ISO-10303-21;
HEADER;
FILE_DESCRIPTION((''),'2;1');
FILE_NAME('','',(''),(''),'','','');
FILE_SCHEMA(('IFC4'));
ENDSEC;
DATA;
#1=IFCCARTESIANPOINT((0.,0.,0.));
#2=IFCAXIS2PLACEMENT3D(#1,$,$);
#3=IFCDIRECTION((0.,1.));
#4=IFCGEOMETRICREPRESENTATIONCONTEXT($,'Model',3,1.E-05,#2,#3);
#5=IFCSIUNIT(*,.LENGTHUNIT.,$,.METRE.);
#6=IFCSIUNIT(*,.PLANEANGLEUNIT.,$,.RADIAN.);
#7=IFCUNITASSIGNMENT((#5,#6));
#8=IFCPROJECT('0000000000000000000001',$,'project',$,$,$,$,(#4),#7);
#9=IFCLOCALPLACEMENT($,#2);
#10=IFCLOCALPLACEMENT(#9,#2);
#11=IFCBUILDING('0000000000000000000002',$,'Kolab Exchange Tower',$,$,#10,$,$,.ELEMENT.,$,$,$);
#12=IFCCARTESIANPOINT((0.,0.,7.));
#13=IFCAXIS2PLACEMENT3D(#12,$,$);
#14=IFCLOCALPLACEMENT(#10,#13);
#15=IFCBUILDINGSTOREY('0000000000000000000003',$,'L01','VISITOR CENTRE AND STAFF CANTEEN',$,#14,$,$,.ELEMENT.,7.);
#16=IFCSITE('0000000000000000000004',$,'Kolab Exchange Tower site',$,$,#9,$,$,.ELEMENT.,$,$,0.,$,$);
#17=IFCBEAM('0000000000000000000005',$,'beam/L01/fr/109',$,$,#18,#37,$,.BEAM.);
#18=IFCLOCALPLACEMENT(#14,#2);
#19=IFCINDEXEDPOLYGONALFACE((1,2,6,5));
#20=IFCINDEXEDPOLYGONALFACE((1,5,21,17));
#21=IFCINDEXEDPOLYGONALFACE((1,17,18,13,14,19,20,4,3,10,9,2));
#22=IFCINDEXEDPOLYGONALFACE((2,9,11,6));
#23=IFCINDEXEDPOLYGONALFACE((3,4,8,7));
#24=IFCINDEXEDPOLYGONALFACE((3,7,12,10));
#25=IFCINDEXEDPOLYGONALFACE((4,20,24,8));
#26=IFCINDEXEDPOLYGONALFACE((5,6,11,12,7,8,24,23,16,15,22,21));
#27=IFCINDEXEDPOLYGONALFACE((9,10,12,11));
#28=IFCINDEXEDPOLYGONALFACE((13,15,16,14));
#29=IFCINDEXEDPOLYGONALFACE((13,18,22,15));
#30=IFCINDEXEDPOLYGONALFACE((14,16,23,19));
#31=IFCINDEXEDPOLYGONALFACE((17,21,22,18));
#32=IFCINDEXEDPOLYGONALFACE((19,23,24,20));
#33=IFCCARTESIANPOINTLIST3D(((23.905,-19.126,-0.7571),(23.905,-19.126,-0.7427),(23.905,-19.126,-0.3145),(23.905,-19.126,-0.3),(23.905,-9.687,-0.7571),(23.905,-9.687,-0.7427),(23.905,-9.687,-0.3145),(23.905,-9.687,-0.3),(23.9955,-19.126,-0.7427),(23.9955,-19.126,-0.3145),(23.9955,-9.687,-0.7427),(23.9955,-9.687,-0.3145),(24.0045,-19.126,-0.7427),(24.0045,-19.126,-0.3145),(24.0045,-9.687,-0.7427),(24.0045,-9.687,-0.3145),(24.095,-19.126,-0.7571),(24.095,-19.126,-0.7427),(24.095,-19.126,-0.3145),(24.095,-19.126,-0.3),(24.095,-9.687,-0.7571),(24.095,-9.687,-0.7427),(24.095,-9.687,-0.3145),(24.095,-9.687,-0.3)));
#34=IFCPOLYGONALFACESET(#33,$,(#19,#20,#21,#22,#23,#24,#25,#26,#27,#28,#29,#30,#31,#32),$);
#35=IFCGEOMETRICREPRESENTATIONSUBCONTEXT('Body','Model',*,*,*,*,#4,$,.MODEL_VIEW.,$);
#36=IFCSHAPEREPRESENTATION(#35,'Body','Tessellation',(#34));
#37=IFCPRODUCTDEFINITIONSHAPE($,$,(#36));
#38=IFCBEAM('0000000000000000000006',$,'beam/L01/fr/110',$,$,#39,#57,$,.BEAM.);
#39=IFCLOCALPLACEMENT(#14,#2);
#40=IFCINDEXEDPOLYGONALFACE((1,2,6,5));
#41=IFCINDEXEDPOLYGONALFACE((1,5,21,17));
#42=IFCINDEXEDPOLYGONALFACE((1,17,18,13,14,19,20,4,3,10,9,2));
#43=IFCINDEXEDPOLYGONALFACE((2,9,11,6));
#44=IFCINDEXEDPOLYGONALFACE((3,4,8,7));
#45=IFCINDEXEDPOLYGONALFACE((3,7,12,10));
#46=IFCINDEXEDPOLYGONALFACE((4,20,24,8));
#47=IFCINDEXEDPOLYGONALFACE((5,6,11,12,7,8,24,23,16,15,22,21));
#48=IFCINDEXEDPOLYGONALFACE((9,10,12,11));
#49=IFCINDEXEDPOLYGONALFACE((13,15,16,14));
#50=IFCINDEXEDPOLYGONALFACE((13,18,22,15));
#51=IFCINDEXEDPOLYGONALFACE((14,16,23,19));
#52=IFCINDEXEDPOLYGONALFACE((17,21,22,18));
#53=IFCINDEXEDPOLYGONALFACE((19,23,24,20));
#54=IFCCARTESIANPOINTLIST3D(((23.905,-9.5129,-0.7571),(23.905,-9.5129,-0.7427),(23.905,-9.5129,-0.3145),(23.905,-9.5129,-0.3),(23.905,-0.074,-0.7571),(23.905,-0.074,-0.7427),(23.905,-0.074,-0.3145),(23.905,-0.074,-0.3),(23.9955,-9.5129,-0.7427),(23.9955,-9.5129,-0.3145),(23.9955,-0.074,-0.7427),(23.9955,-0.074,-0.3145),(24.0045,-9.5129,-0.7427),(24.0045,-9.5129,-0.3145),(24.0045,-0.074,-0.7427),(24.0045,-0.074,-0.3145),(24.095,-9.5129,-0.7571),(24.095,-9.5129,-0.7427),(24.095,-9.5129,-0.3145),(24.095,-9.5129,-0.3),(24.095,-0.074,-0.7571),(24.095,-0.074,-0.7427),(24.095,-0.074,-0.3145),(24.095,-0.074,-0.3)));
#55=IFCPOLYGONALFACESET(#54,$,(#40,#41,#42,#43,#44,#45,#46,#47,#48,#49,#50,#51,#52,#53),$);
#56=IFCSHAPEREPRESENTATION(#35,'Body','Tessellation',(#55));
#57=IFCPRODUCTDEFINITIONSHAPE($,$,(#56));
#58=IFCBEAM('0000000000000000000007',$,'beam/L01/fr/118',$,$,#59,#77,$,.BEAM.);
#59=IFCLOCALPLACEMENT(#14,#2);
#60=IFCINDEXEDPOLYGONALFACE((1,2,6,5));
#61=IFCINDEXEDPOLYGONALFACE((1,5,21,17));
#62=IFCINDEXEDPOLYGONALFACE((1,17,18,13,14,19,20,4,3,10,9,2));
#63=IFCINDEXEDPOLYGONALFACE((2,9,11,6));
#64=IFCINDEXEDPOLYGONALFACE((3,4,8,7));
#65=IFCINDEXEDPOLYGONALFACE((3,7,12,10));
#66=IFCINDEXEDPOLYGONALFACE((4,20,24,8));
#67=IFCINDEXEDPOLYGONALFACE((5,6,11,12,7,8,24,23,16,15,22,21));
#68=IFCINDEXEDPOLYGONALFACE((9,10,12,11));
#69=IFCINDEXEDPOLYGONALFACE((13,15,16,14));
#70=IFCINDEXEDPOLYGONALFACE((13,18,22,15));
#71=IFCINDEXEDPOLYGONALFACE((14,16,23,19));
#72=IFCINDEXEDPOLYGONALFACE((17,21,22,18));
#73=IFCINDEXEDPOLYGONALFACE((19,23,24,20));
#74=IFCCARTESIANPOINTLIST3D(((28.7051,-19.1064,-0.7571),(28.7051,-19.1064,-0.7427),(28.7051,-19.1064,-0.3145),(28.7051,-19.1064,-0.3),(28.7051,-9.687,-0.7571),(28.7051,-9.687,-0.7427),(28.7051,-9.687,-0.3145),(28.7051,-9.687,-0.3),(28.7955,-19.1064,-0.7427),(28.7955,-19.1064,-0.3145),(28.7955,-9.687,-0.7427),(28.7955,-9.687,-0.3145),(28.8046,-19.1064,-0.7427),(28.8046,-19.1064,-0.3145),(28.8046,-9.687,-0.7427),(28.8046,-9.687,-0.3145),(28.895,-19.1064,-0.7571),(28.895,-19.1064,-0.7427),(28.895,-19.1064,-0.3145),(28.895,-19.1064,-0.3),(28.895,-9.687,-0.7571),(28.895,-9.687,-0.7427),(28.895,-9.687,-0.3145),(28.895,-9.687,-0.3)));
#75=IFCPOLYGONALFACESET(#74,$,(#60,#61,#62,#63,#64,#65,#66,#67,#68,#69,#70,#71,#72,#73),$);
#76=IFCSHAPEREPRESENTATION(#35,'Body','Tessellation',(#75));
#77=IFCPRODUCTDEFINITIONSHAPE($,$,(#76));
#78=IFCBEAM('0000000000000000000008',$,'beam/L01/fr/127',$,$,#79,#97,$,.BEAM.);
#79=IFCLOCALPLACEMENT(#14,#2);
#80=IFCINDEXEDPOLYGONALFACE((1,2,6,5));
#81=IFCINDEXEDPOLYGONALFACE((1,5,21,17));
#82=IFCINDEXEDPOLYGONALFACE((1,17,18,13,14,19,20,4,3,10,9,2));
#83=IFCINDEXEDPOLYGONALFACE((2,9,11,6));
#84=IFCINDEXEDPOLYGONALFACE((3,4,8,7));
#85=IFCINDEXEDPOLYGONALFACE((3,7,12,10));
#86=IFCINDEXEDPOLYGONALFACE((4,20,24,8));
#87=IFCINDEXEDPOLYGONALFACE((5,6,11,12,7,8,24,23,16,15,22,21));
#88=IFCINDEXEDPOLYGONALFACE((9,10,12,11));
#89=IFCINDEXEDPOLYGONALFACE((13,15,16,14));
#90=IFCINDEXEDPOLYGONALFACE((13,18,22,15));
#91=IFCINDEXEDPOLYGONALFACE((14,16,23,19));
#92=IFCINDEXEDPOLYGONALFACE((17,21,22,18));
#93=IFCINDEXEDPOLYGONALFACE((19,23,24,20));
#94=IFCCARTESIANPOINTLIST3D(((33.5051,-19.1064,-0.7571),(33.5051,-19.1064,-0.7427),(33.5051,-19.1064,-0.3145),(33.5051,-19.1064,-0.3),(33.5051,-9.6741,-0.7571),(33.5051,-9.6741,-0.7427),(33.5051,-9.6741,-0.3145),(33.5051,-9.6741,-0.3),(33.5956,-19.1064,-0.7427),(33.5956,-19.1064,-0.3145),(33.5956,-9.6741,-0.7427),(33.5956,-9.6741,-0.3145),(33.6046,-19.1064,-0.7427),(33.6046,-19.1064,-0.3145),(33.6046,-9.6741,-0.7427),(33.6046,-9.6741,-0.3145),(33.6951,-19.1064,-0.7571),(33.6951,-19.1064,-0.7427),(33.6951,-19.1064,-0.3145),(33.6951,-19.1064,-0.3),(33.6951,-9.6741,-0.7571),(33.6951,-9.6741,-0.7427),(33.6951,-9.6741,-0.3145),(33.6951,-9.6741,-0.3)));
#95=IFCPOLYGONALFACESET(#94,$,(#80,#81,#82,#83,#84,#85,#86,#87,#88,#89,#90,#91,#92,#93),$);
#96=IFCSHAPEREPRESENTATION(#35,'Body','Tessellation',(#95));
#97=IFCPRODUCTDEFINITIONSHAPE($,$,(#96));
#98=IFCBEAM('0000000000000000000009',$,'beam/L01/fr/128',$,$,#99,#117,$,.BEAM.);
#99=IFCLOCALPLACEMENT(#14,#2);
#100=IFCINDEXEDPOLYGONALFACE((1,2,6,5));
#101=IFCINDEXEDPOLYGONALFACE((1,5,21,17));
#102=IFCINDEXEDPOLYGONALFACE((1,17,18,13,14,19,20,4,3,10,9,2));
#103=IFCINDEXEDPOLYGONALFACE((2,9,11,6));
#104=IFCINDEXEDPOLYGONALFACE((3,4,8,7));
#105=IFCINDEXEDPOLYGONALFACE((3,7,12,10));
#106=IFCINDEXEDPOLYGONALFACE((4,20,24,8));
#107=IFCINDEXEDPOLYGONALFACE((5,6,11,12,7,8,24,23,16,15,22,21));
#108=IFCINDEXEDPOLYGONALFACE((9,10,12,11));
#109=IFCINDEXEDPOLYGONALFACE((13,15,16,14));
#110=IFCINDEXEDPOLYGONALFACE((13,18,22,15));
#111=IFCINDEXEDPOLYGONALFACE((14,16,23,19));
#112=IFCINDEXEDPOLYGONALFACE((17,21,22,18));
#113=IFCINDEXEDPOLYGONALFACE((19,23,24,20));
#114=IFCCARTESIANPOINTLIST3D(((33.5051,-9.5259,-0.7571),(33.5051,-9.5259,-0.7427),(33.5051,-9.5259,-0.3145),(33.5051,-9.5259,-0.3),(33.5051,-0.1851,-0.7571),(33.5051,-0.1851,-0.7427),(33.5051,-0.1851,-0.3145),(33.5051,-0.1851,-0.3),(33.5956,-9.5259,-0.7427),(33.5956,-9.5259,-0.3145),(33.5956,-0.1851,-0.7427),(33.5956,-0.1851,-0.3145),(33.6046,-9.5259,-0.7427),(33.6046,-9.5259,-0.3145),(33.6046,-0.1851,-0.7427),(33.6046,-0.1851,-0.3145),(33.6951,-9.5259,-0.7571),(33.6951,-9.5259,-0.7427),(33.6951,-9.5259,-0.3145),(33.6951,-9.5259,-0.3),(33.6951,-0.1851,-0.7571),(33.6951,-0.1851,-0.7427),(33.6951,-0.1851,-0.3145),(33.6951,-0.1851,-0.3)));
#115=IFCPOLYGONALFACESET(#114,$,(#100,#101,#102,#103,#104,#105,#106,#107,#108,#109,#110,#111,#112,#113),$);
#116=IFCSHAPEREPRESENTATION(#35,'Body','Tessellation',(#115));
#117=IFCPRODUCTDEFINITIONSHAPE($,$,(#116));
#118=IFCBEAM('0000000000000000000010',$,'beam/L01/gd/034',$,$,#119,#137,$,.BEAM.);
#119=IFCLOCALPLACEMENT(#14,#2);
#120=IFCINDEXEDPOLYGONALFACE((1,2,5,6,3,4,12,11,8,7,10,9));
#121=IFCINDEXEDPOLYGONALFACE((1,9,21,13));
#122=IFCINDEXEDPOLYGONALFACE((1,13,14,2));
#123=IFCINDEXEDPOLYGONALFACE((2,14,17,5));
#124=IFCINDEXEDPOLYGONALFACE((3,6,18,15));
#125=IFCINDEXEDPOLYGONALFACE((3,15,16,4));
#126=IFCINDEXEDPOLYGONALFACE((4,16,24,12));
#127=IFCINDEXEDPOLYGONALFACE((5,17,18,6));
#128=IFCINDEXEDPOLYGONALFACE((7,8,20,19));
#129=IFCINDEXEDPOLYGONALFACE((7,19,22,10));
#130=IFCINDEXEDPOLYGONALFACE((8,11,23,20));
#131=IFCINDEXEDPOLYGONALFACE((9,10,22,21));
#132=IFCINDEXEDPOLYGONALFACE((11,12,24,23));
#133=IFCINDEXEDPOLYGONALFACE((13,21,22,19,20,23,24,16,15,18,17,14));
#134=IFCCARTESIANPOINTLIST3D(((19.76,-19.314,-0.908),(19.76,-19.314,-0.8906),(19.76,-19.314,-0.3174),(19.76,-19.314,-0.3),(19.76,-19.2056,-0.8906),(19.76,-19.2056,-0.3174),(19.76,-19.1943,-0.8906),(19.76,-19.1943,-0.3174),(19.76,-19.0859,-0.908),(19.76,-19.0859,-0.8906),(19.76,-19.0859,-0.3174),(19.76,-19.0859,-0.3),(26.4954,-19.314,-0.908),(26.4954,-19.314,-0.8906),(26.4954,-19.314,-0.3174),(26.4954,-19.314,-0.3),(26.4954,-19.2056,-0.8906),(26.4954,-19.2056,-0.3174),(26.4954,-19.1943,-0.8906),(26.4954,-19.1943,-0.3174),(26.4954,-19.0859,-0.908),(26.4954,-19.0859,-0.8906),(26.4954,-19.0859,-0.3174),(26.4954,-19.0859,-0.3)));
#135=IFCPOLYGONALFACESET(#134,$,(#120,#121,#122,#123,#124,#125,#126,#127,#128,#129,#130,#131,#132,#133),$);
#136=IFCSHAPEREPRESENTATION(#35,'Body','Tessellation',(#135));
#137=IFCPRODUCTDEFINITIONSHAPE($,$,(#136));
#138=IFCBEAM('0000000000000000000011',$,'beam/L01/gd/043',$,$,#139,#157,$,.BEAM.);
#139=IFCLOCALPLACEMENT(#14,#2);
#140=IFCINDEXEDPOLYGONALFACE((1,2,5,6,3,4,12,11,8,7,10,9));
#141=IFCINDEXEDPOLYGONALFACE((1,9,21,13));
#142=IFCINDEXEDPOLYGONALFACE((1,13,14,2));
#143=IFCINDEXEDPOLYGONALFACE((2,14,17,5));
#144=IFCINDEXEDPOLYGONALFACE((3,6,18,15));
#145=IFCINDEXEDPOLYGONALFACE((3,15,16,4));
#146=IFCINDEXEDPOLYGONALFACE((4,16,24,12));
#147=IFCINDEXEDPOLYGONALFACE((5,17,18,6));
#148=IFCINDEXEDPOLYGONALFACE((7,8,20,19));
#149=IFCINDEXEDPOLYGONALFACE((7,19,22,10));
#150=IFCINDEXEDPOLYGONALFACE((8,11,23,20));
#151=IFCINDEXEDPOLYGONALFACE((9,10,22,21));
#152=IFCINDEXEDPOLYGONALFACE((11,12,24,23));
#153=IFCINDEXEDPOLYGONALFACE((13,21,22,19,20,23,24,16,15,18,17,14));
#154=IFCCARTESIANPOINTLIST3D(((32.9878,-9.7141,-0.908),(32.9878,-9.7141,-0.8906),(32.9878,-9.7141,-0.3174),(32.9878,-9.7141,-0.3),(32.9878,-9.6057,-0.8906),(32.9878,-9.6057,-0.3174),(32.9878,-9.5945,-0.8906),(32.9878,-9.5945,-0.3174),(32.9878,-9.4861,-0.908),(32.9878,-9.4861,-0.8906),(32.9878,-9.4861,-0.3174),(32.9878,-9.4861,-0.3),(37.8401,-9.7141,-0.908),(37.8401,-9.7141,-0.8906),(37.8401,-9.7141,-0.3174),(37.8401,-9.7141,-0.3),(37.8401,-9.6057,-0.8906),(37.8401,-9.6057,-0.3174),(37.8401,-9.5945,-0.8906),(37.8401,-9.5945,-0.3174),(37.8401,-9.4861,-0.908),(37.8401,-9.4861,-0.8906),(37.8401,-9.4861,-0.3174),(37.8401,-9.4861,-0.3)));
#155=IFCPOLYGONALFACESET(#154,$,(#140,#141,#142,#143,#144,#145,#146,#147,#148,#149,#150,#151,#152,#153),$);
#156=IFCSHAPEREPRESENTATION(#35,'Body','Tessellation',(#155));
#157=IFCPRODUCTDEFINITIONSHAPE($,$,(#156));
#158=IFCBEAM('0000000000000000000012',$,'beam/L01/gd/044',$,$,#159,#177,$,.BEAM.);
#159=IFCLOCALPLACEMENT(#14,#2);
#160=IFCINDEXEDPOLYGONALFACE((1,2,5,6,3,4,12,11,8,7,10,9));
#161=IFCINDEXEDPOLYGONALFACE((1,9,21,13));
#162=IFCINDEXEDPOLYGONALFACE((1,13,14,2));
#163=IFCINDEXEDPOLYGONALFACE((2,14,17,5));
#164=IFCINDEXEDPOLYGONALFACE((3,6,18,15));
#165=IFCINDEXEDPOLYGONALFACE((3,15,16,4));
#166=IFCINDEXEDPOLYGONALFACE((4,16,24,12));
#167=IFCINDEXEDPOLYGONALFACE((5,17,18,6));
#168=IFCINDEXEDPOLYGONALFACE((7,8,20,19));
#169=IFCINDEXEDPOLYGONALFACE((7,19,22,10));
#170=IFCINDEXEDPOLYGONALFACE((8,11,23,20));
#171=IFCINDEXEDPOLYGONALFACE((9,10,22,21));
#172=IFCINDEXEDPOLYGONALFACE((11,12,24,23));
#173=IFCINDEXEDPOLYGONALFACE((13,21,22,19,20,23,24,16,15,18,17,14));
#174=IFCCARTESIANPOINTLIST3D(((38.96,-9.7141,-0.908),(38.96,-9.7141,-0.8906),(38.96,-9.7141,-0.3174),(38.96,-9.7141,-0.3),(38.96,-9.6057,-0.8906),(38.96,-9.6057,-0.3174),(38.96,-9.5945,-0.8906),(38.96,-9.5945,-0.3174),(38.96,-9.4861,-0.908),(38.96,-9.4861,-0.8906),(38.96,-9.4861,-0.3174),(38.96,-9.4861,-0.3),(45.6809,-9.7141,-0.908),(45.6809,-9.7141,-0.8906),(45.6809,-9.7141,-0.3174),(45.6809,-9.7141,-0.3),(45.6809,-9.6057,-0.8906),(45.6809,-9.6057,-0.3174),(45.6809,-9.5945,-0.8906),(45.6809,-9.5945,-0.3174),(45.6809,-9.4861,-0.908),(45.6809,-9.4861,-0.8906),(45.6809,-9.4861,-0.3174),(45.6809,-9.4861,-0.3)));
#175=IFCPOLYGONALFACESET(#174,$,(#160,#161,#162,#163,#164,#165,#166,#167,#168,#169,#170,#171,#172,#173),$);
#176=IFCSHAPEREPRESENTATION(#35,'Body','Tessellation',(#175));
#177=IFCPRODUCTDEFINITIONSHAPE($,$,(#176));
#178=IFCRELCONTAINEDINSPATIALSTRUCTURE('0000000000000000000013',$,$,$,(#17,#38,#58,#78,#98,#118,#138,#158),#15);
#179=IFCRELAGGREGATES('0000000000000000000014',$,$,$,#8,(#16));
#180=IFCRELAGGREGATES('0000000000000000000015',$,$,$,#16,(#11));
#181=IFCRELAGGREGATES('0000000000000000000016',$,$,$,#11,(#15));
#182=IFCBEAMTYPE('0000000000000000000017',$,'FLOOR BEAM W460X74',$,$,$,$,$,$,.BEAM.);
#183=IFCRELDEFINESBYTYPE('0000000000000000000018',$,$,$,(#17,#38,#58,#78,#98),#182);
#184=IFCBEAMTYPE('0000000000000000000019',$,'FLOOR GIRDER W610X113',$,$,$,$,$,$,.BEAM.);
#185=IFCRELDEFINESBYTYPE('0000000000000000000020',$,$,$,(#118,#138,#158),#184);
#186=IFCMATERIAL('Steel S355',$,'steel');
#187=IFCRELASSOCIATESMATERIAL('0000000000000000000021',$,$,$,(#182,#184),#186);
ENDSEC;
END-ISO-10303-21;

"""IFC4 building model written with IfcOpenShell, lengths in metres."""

from ifc_helpers import new_model, si_unit, direction, frame, origin, origin_2d, place, context, subcontext, project, spatial, i_section, extrude, material, material_profile, profile_set, type_object, element, save


model = new_model("IFC4")

# Units and contexts
model_context = context("Model", 3, precision=1e-05, world=origin(), true_north=direction((0.0, 1.0)))
body_context = subcontext(model_context, "Body", "Model", "MODEL_VIEW")
ifc_project = project(units=[si_unit("LENGTHUNIT", "METRE"), si_unit("PLANEANGLEUNIT", "RADIAN")], contexts=[model_context])

# Site, building, storey
site_placement = place(None, origin())
site = spatial("IfcSite", under=ifc_project, at=site_placement, Name="Kolab Exchange Tower site", CompositionType="ELEMENT", RefElevation=0.0)
building_placement = place(site_placement, origin())
building = spatial("IfcBuilding", under=site, at=building_placement, Name="Kolab Exchange Tower", CompositionType="ELEMENT")
storey_placement = place(building_placement, frame((0.0, 0.0, 7.0)))
storey = spatial("IfcBuildingStorey", under=building, at=storey_placement, Name="L01", Description="VISITOR CENTRE AND STAFF CANTEEN", CompositionType="ELEMENT", Elevation=7.0)

# Beams
ifc_material_1 = material(Name="Steel S355", Category="steel")
ifc_material_profile_1 = material_profile(ifc_material_1, i_section(OverallWidth=0.1899, OverallDepth=0.457, WebThickness=0.009, FlangeThickness=0.0144, at=origin_2d()), Name="W460X74")
ifc_profile_set_1 = profile_set([ifc_material_profile_1], Name="Steel S355")
beam_type_1 = type_object("IfcBeamType", Name="FLOOR BEAM W460X74", PredefinedType="BEAM", material=ifc_profile_set_1)
for number, where, z_axis, x_axis, name in (
    (1, (24.0, -19.126, -0.5286), (0.0, 1.0, 0.0), (-1.0, 0.0, 0.0), "beam/L01/fr/109"),
    (2, (24.0, -9.5129, -0.5286), (0.0, 1.0, 0.0), (-1.0, 0.0, 0.0), "beam/L01/fr/110"),
):
    element("IfcBeam", number, at=place(storey_placement, frame(where, z_axis=z_axis, x_axis=x_axis)), inside=storey, type_object=beam_type_1, Name=name, PredefinedType="BEAM", context=body_context, shape_type="SweptSolid", body=[
        extrude(i_section(OverallWidth=0.1899, OverallDepth=0.457, WebThickness=0.009, FlangeThickness=0.0144, at=origin_2d()), origin(), (0.0, 0.0, 1.0), 9.439),
    ])
beam_1_placement = place(storey_placement, frame((28.8, -19.1064, -0.5286), z_axis=(0.0, 1.0, 0.0), x_axis=(-1.0, 0.0, 0.0)))
element("IfcBeam", 3, at=beam_1_placement, inside=storey, type_object=beam_type_1, Name="beam/L01/fr/118", PredefinedType="BEAM", context=body_context, shape_type="SweptSolid", body=[
    extrude(i_section(OverallWidth=0.1899, OverallDepth=0.457, WebThickness=0.009, FlangeThickness=0.0144, at=origin_2d()), origin(), (0.0, 0.0, 1.0), 9.4194),
])
beam_2_placement = place(storey_placement, frame((33.6001, -19.1064, -0.5286), z_axis=(0.0, 1.0, 0.0), x_axis=(-1.0, 0.0, 0.0)))
element("IfcBeam", 4, at=beam_2_placement, inside=storey, type_object=beam_type_1, Name="beam/L01/fr/127", PredefinedType="BEAM", context=body_context, shape_type="SweptSolid", body=[
    extrude(i_section(OverallWidth=0.1899, OverallDepth=0.457, WebThickness=0.009, FlangeThickness=0.0144, at=origin_2d()), origin(), (0.0, 0.0, 1.0), 9.4324),
])
beam_3_placement = place(storey_placement, frame((33.6001, -9.5259, -0.5286), z_axis=(0.0, 1.0, 0.0), x_axis=(-1.0, 0.0, 0.0)))
element("IfcBeam", 5, at=beam_3_placement, inside=storey, type_object=beam_type_1, Name="beam/L01/fr/128", PredefinedType="BEAM", context=body_context, shape_type="SweptSolid", body=[
    extrude(i_section(OverallWidth=0.1899, OverallDepth=0.457, WebThickness=0.009, FlangeThickness=0.0144, at=origin_2d()), origin(), (0.0, 0.0, 1.0), 9.3408),
])
ifc_material_profile_2 = material_profile(ifc_material_1, i_section(OverallWidth=0.228, OverallDepth=0.6079, WebThickness=0.0112, FlangeThickness=0.0173, at=origin_2d()), Name="W610X113")
ifc_profile_set_2 = profile_set([ifc_material_profile_2], Name="Steel S355")
beam_type_2 = type_object("IfcBeamType", Name="FLOOR GIRDER W610X113", PredefinedType="BEAM", material=ifc_profile_set_2)
beam_4_placement = place(storey_placement, frame((19.76, -19.2, -0.604), z_axis=(1.0, 0.0, 0.0), x_axis=(0.0, 1.0, 0.0)))
element("IfcBeam", 6, at=beam_4_placement, inside=storey, type_object=beam_type_2, Name="beam/L01/gd/034", PredefinedType="BEAM", context=body_context, shape_type="SweptSolid", body=[
    extrude(i_section(OverallWidth=0.228, OverallDepth=0.6079, WebThickness=0.0112, FlangeThickness=0.0173, at=origin_2d()), origin(), (0.0, 0.0, 1.0), 6.7354),
])
beam_5_placement = place(storey_placement, frame((32.9878, -9.6001, -0.604), z_axis=(1.0, 0.0, 0.0), x_axis=(0.0, 1.0, 0.0)))
element("IfcBeam", 7, at=beam_5_placement, inside=storey, type_object=beam_type_2, Name="beam/L01/gd/043", PredefinedType="BEAM", context=body_context, shape_type="SweptSolid", body=[
    extrude(i_section(OverallWidth=0.228, OverallDepth=0.6079, WebThickness=0.0112, FlangeThickness=0.0173, at=origin_2d()), origin(), (0.0, 0.0, 1.0), 4.8523),
])
beam_6_placement = place(storey_placement, frame((38.96, -9.6001, -0.604), z_axis=(1.0, 0.0, 0.0), x_axis=(0.0, 1.0, 0.0)))
element("IfcBeam", 8, at=beam_6_placement, inside=storey, type_object=beam_type_2, Name="beam/L01/gd/044", PredefinedType="BEAM", context=body_context, shape_type="SweptSolid", body=[
    extrude(i_section(OverallWidth=0.228, OverallDepth=0.6079, WebThickness=0.0112, FlangeThickness=0.0173, at=origin_2d()), origin(), (0.0, 0.0, 1.0), 6.7209),
])

save(model, "model.ifc")
